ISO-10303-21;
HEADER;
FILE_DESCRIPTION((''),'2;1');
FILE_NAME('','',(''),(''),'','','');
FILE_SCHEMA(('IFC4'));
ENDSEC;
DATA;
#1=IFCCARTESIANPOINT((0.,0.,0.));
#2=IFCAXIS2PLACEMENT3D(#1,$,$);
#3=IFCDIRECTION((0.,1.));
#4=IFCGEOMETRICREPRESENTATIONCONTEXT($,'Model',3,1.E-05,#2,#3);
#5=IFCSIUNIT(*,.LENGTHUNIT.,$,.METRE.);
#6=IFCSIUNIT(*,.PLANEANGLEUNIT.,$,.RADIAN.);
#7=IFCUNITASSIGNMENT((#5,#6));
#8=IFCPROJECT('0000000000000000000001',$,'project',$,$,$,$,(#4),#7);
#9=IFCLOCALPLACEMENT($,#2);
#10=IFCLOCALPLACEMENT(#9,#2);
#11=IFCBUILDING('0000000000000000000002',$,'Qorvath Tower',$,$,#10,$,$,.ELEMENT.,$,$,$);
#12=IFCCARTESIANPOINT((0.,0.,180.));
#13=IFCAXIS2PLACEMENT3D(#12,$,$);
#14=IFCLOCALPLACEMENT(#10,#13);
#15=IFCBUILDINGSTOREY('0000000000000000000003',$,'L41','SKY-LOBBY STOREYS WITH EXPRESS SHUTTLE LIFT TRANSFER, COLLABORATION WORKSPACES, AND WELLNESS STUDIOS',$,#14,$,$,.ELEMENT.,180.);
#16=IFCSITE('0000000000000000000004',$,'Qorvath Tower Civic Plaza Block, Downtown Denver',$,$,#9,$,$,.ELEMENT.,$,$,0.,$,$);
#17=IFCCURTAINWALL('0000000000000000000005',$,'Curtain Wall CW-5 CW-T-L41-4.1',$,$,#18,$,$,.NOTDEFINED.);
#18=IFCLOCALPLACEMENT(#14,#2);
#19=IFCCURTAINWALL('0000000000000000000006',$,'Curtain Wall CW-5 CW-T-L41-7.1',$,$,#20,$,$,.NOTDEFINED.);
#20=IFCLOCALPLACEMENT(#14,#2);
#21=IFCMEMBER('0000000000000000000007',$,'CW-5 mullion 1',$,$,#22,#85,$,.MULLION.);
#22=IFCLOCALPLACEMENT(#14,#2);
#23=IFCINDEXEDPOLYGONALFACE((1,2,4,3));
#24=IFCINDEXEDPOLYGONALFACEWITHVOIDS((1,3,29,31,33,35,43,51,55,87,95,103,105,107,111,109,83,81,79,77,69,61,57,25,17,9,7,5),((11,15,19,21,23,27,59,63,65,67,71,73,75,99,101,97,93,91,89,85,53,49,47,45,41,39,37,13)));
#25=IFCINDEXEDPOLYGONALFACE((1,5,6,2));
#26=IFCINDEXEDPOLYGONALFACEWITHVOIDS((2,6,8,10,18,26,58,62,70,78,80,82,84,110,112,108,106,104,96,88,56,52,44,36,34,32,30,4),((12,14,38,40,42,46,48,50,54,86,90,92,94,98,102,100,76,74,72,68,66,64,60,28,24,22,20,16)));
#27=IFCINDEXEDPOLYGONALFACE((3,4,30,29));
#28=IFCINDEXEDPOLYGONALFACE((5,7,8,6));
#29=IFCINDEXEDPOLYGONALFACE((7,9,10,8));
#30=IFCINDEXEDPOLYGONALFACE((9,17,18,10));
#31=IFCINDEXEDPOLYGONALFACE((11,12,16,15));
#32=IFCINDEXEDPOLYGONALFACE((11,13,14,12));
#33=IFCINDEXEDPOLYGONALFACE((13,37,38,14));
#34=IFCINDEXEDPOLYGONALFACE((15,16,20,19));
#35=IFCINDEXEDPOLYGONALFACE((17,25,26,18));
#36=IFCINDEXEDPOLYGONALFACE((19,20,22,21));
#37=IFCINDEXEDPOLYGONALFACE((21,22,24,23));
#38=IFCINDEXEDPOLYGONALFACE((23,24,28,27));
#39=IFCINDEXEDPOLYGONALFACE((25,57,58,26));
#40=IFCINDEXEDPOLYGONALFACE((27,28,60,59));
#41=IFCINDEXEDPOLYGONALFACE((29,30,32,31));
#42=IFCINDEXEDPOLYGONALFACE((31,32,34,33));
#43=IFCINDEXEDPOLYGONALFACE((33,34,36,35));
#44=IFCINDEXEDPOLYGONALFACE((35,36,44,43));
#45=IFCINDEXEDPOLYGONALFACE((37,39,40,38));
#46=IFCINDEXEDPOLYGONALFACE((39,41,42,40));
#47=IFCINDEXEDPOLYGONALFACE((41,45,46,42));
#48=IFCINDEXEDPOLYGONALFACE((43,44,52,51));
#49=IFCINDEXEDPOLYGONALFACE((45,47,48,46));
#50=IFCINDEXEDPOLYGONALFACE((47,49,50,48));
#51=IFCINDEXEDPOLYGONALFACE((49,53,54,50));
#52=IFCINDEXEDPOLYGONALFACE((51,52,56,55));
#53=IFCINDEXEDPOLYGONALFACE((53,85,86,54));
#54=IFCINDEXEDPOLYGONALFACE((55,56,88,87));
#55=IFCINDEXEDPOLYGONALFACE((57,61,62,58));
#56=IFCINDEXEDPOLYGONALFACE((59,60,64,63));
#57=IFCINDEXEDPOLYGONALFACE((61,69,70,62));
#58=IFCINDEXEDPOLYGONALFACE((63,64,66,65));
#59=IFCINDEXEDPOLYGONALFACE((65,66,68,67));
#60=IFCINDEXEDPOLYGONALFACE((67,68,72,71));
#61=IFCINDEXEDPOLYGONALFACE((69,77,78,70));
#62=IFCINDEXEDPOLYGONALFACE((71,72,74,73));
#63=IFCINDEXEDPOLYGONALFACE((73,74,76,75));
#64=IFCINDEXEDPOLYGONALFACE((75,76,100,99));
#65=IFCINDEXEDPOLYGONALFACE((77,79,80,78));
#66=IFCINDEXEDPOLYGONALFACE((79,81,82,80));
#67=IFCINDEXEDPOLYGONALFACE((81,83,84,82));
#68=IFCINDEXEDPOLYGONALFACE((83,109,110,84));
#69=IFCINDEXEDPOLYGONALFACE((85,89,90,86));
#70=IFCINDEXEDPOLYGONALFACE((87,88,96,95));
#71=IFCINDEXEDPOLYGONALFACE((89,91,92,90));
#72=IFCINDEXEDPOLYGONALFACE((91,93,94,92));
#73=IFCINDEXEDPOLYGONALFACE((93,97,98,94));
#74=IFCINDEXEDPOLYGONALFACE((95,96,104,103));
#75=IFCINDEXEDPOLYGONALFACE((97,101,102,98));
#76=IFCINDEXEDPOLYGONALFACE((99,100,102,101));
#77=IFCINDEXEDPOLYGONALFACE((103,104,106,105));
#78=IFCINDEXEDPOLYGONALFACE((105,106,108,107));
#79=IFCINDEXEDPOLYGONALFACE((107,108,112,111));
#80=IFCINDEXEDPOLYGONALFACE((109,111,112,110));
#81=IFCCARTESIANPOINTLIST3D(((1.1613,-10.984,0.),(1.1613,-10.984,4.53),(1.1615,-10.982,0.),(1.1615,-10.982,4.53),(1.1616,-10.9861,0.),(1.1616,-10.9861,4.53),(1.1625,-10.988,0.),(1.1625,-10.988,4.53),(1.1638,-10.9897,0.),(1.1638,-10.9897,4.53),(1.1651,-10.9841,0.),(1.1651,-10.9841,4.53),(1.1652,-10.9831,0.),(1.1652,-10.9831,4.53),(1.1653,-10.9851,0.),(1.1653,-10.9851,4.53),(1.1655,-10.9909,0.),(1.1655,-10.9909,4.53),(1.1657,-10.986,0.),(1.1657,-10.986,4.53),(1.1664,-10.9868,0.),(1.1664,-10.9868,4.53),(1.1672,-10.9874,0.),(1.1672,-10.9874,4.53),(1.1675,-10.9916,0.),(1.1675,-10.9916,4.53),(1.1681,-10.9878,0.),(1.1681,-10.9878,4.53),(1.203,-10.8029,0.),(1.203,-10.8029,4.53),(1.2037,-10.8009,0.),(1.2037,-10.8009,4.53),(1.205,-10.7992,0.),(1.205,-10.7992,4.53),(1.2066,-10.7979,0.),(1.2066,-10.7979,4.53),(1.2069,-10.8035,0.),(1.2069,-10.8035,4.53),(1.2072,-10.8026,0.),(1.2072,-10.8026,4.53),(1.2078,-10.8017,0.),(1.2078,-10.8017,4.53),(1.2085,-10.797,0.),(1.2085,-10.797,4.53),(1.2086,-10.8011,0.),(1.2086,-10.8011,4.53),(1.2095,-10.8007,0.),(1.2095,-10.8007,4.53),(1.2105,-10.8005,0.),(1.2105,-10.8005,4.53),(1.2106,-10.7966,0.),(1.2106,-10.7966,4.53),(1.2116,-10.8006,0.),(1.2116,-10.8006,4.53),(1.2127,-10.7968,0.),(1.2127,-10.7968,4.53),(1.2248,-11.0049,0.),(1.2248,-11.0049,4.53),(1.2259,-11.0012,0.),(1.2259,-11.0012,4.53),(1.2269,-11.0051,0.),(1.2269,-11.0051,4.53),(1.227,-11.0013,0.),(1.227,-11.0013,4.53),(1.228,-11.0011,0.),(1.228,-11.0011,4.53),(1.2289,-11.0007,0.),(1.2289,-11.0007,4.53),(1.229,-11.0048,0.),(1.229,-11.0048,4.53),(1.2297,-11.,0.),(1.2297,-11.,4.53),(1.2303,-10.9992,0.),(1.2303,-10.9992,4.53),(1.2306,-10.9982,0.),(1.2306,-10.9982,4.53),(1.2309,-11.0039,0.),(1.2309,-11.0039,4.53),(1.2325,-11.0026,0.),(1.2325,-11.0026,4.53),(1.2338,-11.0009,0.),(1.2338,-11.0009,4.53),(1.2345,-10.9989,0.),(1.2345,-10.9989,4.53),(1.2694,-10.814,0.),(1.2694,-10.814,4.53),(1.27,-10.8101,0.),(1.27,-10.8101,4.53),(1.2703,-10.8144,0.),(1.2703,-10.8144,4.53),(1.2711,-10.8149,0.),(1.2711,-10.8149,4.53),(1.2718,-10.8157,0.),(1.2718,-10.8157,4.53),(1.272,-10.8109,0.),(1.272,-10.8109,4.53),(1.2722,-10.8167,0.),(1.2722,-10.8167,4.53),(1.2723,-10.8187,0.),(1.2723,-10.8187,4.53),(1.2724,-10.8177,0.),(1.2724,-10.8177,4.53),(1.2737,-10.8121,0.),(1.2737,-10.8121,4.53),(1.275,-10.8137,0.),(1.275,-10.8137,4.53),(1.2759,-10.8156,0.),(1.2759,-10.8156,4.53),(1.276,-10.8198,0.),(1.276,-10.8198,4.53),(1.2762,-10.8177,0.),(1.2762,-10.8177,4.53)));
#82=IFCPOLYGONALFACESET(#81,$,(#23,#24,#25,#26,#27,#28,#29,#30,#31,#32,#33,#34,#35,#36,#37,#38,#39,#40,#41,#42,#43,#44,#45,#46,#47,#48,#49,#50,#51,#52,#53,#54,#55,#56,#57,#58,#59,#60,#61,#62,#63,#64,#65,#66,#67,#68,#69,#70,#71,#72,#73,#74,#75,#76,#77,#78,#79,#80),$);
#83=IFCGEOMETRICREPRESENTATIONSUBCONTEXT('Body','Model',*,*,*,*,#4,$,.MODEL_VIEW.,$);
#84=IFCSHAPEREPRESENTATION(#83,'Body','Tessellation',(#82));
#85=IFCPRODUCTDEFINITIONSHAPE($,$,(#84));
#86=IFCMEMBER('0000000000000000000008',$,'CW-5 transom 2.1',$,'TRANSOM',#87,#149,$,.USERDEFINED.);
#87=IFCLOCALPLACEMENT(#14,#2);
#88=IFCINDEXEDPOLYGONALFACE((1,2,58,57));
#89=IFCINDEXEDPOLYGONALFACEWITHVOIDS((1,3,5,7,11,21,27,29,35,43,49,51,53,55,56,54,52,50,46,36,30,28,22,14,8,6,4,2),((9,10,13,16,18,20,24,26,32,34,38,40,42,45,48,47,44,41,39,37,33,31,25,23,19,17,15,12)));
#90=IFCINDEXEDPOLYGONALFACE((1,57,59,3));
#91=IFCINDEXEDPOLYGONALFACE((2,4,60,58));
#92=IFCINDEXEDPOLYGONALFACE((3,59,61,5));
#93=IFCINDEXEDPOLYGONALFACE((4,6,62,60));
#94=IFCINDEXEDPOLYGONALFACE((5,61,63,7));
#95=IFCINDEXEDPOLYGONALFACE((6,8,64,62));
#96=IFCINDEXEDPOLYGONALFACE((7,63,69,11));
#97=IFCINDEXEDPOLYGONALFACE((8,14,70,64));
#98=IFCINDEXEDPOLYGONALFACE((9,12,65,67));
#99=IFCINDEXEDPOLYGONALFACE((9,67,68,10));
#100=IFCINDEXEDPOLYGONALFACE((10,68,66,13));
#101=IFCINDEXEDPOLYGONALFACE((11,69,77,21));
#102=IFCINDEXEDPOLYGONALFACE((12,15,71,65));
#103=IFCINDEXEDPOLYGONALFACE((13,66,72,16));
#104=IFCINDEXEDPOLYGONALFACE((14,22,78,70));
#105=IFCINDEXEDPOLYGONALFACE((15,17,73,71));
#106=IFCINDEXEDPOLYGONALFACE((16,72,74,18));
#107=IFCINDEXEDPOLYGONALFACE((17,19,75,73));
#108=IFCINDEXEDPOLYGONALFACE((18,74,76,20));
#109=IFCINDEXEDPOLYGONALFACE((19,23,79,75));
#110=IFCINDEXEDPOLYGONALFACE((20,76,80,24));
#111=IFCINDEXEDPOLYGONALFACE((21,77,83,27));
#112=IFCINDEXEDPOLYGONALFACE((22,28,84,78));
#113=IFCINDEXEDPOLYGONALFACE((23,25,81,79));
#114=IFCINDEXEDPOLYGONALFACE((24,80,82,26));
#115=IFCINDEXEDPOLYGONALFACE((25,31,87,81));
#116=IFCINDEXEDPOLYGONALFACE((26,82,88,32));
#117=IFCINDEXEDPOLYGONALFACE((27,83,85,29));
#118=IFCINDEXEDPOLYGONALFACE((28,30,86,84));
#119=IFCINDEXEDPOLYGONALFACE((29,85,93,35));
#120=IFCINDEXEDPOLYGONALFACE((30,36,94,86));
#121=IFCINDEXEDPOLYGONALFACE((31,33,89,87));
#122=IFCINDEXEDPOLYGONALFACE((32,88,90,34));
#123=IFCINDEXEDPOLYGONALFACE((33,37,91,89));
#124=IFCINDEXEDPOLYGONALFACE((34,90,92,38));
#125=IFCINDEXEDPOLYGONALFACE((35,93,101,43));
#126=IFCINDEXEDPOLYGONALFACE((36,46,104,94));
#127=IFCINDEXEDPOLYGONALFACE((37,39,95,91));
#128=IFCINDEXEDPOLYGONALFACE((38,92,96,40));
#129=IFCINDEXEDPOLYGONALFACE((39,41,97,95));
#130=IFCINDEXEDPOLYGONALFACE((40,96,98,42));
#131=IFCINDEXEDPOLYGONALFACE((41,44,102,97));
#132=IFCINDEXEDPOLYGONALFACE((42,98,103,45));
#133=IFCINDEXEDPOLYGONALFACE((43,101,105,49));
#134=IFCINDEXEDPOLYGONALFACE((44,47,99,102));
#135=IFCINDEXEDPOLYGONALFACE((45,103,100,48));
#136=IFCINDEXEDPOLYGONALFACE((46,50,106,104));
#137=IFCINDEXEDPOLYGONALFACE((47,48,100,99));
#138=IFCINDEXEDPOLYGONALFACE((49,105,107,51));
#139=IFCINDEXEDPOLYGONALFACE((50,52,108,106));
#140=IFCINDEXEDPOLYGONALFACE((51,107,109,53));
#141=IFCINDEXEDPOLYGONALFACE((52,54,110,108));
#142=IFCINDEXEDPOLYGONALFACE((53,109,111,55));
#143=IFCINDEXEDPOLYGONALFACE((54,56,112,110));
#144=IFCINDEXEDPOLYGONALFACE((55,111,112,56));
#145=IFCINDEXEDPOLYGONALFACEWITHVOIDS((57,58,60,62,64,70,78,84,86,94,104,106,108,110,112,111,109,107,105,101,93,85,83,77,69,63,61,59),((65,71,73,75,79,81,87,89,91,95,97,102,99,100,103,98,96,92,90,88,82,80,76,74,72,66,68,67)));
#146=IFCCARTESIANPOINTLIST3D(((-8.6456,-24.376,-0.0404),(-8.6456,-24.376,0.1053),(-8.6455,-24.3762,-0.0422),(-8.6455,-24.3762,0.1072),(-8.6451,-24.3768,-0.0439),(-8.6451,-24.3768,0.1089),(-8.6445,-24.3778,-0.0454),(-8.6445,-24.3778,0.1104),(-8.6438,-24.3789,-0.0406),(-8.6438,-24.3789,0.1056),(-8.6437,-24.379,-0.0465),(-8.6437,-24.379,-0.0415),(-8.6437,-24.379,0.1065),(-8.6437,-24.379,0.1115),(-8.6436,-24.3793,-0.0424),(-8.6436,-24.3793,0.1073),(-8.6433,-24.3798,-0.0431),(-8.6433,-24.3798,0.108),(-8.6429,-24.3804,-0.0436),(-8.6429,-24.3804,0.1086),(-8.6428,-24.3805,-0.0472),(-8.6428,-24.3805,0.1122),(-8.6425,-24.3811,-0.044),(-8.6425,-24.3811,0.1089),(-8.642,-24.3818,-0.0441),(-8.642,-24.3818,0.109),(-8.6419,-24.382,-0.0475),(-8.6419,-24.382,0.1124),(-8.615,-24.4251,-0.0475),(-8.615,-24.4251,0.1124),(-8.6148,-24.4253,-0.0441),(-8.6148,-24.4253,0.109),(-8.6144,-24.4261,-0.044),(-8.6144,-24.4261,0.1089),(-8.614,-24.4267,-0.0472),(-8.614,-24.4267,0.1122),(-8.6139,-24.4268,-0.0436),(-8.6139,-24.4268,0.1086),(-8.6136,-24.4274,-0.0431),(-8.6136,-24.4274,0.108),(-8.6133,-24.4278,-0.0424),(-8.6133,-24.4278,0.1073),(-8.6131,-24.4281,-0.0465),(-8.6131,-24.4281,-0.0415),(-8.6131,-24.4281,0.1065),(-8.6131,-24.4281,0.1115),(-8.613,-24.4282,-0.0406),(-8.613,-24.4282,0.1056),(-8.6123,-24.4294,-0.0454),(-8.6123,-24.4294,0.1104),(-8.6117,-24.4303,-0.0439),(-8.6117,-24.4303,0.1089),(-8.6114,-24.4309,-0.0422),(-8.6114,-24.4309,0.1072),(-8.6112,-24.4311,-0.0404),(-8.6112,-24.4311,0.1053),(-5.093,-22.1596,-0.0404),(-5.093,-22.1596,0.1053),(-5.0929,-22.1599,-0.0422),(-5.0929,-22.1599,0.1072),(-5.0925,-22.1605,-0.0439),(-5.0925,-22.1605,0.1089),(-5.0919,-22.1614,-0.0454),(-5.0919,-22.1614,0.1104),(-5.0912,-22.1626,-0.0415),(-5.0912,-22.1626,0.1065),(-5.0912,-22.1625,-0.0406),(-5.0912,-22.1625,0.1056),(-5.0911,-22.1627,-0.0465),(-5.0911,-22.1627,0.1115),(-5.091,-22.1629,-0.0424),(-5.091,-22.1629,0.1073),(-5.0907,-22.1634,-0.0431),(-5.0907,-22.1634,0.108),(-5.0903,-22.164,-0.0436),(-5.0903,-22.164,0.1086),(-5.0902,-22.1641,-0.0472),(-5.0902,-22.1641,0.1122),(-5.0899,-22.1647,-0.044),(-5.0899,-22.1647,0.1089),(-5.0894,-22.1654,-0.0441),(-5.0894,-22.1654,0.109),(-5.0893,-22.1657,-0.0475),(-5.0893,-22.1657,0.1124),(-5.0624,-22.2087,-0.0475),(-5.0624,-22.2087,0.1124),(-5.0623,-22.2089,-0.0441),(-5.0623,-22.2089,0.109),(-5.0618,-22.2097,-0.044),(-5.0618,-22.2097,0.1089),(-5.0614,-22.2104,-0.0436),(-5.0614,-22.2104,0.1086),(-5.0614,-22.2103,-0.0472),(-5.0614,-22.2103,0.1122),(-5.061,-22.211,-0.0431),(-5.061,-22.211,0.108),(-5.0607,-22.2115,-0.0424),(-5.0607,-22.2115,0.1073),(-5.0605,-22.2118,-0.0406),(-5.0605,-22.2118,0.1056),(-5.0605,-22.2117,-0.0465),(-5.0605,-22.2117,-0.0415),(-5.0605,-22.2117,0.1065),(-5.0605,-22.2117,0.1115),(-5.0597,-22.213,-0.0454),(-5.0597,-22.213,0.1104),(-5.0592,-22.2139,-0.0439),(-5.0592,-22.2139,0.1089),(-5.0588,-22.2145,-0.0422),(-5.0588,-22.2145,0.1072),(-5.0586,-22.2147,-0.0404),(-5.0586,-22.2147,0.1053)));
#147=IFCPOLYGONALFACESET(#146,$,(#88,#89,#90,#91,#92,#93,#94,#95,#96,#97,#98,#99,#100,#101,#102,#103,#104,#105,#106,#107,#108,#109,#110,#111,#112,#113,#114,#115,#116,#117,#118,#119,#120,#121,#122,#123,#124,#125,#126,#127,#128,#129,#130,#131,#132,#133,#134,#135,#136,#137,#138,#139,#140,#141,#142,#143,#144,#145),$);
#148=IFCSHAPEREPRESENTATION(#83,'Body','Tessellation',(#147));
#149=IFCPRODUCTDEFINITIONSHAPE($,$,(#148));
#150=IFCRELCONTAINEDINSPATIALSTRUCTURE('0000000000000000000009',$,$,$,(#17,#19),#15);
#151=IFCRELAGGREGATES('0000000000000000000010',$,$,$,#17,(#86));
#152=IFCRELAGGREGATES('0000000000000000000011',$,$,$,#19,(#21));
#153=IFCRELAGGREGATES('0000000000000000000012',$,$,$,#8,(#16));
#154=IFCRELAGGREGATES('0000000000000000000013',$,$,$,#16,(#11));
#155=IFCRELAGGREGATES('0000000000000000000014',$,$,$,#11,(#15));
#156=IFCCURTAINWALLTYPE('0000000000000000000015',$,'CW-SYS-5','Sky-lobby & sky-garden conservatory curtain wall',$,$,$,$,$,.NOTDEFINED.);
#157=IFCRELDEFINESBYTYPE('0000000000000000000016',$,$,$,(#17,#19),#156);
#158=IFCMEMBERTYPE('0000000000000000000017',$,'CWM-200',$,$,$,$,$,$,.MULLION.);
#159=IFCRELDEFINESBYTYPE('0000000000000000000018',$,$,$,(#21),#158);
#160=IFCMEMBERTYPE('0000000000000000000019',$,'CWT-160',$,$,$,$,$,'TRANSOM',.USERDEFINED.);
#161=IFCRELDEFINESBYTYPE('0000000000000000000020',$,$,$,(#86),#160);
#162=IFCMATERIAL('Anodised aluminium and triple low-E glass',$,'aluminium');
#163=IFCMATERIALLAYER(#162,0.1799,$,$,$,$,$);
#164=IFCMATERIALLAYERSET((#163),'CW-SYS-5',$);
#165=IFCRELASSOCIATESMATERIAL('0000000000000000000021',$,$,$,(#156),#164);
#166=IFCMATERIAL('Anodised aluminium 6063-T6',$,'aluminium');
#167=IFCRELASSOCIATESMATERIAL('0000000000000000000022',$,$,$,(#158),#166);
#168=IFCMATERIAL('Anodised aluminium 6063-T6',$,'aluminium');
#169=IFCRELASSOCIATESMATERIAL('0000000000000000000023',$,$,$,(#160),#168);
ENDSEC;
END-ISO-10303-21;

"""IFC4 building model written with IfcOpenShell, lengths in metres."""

from ifc_helpers import new_model, si_unit, direction, frame, origin, origin_2d, place, context, subcontext, project, spatial, hollow_rectangle, extrude, material, layer, layer_set, material_profile, profile_set, type_object, element, aggregate, save


model = new_model("IFC4")

# Units and contexts
model_context = context("Model", 3, precision=1e-05, world=origin(), true_north=direction((0.0, 1.0)))
body_context = subcontext(model_context, "Body", "Model", "MODEL_VIEW")
ifc_project = project(units=[si_unit("LENGTHUNIT", "METRE"), si_unit("PLANEANGLEUNIT", "RADIAN")], contexts=[model_context])

# Site, building, storey
site_placement = place(None, origin())
site = spatial("IfcSite", under=ifc_project, at=site_placement, Name="Qorvath Tower Civic Plaza Block, Downtown Denver", CompositionType="ELEMENT", RefElevation=0.0)
building_placement = place(site_placement, origin())
building = spatial("IfcBuilding", under=site, at=building_placement, Name="Qorvath Tower", CompositionType="ELEMENT")
storey_placement = place(building_placement, frame((0.0, 0.0, 180.0)))
storey = spatial("IfcBuildingStorey", under=building, at=storey_placement, Name="L41", Description="SKY-LOBBY STOREYS WITH EXPRESS SHUTTLE LIFT TRANSFER, COLLABORATION WORKSPACES, AND WELLNESS STUDIOS", CompositionType="ELEMENT", Elevation=180.0)

# Curtain wall
ifc_material_1 = material(Name="Anodised aluminium and triple low-E glass", Category="aluminium")
ifc_layer_1 = layer(ifc_material_1, 0.1799)
ifc_layer_set_1 = layer_set([ifc_layer_1], Name="CW-SYS-5")
curtain_wall_type = type_object("IfcCurtainWallType", Name="CW-SYS-5", Description="Sky-lobby & sky-garden conservatory curtain wall", PredefinedType="NOTDEFINED", material=ifc_layer_set_1)
curtain_wall_1_placement = place(storey_placement, origin())
curtain_wall_1 = element("IfcCurtainWall", 1, at=curtain_wall_1_placement, inside=storey, type_object=curtain_wall_type, Name="Curtain Wall CW-5 CW-T-L41-4.1", PredefinedType="NOTDEFINED")
ifc_material_2 = material(Name="Anodised aluminium 6063-T6", Category="aluminium")
ifc_material_profile_1 = material_profile(ifc_material_2, hollow_rectangle(XDim=0.075, YDim=0.2, WallThickness=0.0039, InnerFilletRadius=0.0039, OuterFilletRadius=0.0081, at=origin_2d()), Name="CWM 200x75")
ifc_profile_set_1 = profile_set([ifc_material_profile_1], Name="Anodised aluminium 6063-T6")
member_type_1 = type_object("IfcMemberType", Name="CWM-200", PredefinedType="MULLION", material=ifc_profile_set_1)

# Curtain wall, member
curtain_wall_2_placement = place(storey_placement, origin())
curtain_wall_2 = element("IfcCurtainWall", 2, at=curtain_wall_2_placement, inside=storey, type_object=curtain_wall_type, Name="Curtain Wall CW-5 CW-T-L41-7.1", PredefinedType="NOTDEFINED")
member_1_placement = place(storey_placement, frame((1.2188, -10.9009, 0.0), z_axis=(0.0, 0.0, 1.0), x_axis=(-0.974145, 0.225923, 0.0)))
member_1 = element("IfcMember", 3, at=member_1_placement, type_object=member_type_1, Name="CW-5 mullion 1", PredefinedType="MULLION", context=body_context, shape_type="SweptSolid", body=[
    extrude(hollow_rectangle(XDim=0.075, YDim=0.2, WallThickness=0.0039, InnerFilletRadius=0.0039, OuterFilletRadius=0.0081, at=origin_2d()), origin(), (0.0, 0.0, 1.0), 4.53),
])

# Member
ifc_material_3 = material(Name="Anodised aluminium 6063-T6", Category="aluminium")
ifc_material_profile_2 = material_profile(ifc_material_3, hollow_rectangle(XDim=0.0649, YDim=0.1599, WallThickness=0.0034, InnerFilletRadius=0.0034, OuterFilletRadius=0.0071, at=origin_2d()), Name="CWT 160x65")
ifc_profile_set_2 = profile_set([ifc_material_profile_2], Name="Anodised aluminium 6063-T6")
member_type_2 = type_object("IfcMemberType", Name="CWT-160", ElementType="TRANSOM", PredefinedType="USERDEFINED", material=ifc_profile_set_2)
member_2_placement = place(storey_placement, frame((-8.6284, -24.4036, 0.0325), z_axis=(0.848427, 0.529312, 0.0), x_axis=(-0.529312, 0.848427, 0.0)))
member_2 = element("IfcMember", 4, at=member_2_placement, type_object=member_type_2, Name="CW-5 transom 2.1", ObjectType="TRANSOM", PredefinedType="USERDEFINED", context=body_context, shape_type="SweptSolid", body=[
    extrude(hollow_rectangle(XDim=0.0649, YDim=0.1599, WallThickness=0.0034, InnerFilletRadius=0.0034, OuterFilletRadius=0.0071, at=origin_2d()), origin(), (0.0, 0.0, 1.0), 4.1873),
])

aggregate(curtain_wall_1, [member_2])
aggregate(curtain_wall_2, [member_1])

save(model, "model.ifc")
